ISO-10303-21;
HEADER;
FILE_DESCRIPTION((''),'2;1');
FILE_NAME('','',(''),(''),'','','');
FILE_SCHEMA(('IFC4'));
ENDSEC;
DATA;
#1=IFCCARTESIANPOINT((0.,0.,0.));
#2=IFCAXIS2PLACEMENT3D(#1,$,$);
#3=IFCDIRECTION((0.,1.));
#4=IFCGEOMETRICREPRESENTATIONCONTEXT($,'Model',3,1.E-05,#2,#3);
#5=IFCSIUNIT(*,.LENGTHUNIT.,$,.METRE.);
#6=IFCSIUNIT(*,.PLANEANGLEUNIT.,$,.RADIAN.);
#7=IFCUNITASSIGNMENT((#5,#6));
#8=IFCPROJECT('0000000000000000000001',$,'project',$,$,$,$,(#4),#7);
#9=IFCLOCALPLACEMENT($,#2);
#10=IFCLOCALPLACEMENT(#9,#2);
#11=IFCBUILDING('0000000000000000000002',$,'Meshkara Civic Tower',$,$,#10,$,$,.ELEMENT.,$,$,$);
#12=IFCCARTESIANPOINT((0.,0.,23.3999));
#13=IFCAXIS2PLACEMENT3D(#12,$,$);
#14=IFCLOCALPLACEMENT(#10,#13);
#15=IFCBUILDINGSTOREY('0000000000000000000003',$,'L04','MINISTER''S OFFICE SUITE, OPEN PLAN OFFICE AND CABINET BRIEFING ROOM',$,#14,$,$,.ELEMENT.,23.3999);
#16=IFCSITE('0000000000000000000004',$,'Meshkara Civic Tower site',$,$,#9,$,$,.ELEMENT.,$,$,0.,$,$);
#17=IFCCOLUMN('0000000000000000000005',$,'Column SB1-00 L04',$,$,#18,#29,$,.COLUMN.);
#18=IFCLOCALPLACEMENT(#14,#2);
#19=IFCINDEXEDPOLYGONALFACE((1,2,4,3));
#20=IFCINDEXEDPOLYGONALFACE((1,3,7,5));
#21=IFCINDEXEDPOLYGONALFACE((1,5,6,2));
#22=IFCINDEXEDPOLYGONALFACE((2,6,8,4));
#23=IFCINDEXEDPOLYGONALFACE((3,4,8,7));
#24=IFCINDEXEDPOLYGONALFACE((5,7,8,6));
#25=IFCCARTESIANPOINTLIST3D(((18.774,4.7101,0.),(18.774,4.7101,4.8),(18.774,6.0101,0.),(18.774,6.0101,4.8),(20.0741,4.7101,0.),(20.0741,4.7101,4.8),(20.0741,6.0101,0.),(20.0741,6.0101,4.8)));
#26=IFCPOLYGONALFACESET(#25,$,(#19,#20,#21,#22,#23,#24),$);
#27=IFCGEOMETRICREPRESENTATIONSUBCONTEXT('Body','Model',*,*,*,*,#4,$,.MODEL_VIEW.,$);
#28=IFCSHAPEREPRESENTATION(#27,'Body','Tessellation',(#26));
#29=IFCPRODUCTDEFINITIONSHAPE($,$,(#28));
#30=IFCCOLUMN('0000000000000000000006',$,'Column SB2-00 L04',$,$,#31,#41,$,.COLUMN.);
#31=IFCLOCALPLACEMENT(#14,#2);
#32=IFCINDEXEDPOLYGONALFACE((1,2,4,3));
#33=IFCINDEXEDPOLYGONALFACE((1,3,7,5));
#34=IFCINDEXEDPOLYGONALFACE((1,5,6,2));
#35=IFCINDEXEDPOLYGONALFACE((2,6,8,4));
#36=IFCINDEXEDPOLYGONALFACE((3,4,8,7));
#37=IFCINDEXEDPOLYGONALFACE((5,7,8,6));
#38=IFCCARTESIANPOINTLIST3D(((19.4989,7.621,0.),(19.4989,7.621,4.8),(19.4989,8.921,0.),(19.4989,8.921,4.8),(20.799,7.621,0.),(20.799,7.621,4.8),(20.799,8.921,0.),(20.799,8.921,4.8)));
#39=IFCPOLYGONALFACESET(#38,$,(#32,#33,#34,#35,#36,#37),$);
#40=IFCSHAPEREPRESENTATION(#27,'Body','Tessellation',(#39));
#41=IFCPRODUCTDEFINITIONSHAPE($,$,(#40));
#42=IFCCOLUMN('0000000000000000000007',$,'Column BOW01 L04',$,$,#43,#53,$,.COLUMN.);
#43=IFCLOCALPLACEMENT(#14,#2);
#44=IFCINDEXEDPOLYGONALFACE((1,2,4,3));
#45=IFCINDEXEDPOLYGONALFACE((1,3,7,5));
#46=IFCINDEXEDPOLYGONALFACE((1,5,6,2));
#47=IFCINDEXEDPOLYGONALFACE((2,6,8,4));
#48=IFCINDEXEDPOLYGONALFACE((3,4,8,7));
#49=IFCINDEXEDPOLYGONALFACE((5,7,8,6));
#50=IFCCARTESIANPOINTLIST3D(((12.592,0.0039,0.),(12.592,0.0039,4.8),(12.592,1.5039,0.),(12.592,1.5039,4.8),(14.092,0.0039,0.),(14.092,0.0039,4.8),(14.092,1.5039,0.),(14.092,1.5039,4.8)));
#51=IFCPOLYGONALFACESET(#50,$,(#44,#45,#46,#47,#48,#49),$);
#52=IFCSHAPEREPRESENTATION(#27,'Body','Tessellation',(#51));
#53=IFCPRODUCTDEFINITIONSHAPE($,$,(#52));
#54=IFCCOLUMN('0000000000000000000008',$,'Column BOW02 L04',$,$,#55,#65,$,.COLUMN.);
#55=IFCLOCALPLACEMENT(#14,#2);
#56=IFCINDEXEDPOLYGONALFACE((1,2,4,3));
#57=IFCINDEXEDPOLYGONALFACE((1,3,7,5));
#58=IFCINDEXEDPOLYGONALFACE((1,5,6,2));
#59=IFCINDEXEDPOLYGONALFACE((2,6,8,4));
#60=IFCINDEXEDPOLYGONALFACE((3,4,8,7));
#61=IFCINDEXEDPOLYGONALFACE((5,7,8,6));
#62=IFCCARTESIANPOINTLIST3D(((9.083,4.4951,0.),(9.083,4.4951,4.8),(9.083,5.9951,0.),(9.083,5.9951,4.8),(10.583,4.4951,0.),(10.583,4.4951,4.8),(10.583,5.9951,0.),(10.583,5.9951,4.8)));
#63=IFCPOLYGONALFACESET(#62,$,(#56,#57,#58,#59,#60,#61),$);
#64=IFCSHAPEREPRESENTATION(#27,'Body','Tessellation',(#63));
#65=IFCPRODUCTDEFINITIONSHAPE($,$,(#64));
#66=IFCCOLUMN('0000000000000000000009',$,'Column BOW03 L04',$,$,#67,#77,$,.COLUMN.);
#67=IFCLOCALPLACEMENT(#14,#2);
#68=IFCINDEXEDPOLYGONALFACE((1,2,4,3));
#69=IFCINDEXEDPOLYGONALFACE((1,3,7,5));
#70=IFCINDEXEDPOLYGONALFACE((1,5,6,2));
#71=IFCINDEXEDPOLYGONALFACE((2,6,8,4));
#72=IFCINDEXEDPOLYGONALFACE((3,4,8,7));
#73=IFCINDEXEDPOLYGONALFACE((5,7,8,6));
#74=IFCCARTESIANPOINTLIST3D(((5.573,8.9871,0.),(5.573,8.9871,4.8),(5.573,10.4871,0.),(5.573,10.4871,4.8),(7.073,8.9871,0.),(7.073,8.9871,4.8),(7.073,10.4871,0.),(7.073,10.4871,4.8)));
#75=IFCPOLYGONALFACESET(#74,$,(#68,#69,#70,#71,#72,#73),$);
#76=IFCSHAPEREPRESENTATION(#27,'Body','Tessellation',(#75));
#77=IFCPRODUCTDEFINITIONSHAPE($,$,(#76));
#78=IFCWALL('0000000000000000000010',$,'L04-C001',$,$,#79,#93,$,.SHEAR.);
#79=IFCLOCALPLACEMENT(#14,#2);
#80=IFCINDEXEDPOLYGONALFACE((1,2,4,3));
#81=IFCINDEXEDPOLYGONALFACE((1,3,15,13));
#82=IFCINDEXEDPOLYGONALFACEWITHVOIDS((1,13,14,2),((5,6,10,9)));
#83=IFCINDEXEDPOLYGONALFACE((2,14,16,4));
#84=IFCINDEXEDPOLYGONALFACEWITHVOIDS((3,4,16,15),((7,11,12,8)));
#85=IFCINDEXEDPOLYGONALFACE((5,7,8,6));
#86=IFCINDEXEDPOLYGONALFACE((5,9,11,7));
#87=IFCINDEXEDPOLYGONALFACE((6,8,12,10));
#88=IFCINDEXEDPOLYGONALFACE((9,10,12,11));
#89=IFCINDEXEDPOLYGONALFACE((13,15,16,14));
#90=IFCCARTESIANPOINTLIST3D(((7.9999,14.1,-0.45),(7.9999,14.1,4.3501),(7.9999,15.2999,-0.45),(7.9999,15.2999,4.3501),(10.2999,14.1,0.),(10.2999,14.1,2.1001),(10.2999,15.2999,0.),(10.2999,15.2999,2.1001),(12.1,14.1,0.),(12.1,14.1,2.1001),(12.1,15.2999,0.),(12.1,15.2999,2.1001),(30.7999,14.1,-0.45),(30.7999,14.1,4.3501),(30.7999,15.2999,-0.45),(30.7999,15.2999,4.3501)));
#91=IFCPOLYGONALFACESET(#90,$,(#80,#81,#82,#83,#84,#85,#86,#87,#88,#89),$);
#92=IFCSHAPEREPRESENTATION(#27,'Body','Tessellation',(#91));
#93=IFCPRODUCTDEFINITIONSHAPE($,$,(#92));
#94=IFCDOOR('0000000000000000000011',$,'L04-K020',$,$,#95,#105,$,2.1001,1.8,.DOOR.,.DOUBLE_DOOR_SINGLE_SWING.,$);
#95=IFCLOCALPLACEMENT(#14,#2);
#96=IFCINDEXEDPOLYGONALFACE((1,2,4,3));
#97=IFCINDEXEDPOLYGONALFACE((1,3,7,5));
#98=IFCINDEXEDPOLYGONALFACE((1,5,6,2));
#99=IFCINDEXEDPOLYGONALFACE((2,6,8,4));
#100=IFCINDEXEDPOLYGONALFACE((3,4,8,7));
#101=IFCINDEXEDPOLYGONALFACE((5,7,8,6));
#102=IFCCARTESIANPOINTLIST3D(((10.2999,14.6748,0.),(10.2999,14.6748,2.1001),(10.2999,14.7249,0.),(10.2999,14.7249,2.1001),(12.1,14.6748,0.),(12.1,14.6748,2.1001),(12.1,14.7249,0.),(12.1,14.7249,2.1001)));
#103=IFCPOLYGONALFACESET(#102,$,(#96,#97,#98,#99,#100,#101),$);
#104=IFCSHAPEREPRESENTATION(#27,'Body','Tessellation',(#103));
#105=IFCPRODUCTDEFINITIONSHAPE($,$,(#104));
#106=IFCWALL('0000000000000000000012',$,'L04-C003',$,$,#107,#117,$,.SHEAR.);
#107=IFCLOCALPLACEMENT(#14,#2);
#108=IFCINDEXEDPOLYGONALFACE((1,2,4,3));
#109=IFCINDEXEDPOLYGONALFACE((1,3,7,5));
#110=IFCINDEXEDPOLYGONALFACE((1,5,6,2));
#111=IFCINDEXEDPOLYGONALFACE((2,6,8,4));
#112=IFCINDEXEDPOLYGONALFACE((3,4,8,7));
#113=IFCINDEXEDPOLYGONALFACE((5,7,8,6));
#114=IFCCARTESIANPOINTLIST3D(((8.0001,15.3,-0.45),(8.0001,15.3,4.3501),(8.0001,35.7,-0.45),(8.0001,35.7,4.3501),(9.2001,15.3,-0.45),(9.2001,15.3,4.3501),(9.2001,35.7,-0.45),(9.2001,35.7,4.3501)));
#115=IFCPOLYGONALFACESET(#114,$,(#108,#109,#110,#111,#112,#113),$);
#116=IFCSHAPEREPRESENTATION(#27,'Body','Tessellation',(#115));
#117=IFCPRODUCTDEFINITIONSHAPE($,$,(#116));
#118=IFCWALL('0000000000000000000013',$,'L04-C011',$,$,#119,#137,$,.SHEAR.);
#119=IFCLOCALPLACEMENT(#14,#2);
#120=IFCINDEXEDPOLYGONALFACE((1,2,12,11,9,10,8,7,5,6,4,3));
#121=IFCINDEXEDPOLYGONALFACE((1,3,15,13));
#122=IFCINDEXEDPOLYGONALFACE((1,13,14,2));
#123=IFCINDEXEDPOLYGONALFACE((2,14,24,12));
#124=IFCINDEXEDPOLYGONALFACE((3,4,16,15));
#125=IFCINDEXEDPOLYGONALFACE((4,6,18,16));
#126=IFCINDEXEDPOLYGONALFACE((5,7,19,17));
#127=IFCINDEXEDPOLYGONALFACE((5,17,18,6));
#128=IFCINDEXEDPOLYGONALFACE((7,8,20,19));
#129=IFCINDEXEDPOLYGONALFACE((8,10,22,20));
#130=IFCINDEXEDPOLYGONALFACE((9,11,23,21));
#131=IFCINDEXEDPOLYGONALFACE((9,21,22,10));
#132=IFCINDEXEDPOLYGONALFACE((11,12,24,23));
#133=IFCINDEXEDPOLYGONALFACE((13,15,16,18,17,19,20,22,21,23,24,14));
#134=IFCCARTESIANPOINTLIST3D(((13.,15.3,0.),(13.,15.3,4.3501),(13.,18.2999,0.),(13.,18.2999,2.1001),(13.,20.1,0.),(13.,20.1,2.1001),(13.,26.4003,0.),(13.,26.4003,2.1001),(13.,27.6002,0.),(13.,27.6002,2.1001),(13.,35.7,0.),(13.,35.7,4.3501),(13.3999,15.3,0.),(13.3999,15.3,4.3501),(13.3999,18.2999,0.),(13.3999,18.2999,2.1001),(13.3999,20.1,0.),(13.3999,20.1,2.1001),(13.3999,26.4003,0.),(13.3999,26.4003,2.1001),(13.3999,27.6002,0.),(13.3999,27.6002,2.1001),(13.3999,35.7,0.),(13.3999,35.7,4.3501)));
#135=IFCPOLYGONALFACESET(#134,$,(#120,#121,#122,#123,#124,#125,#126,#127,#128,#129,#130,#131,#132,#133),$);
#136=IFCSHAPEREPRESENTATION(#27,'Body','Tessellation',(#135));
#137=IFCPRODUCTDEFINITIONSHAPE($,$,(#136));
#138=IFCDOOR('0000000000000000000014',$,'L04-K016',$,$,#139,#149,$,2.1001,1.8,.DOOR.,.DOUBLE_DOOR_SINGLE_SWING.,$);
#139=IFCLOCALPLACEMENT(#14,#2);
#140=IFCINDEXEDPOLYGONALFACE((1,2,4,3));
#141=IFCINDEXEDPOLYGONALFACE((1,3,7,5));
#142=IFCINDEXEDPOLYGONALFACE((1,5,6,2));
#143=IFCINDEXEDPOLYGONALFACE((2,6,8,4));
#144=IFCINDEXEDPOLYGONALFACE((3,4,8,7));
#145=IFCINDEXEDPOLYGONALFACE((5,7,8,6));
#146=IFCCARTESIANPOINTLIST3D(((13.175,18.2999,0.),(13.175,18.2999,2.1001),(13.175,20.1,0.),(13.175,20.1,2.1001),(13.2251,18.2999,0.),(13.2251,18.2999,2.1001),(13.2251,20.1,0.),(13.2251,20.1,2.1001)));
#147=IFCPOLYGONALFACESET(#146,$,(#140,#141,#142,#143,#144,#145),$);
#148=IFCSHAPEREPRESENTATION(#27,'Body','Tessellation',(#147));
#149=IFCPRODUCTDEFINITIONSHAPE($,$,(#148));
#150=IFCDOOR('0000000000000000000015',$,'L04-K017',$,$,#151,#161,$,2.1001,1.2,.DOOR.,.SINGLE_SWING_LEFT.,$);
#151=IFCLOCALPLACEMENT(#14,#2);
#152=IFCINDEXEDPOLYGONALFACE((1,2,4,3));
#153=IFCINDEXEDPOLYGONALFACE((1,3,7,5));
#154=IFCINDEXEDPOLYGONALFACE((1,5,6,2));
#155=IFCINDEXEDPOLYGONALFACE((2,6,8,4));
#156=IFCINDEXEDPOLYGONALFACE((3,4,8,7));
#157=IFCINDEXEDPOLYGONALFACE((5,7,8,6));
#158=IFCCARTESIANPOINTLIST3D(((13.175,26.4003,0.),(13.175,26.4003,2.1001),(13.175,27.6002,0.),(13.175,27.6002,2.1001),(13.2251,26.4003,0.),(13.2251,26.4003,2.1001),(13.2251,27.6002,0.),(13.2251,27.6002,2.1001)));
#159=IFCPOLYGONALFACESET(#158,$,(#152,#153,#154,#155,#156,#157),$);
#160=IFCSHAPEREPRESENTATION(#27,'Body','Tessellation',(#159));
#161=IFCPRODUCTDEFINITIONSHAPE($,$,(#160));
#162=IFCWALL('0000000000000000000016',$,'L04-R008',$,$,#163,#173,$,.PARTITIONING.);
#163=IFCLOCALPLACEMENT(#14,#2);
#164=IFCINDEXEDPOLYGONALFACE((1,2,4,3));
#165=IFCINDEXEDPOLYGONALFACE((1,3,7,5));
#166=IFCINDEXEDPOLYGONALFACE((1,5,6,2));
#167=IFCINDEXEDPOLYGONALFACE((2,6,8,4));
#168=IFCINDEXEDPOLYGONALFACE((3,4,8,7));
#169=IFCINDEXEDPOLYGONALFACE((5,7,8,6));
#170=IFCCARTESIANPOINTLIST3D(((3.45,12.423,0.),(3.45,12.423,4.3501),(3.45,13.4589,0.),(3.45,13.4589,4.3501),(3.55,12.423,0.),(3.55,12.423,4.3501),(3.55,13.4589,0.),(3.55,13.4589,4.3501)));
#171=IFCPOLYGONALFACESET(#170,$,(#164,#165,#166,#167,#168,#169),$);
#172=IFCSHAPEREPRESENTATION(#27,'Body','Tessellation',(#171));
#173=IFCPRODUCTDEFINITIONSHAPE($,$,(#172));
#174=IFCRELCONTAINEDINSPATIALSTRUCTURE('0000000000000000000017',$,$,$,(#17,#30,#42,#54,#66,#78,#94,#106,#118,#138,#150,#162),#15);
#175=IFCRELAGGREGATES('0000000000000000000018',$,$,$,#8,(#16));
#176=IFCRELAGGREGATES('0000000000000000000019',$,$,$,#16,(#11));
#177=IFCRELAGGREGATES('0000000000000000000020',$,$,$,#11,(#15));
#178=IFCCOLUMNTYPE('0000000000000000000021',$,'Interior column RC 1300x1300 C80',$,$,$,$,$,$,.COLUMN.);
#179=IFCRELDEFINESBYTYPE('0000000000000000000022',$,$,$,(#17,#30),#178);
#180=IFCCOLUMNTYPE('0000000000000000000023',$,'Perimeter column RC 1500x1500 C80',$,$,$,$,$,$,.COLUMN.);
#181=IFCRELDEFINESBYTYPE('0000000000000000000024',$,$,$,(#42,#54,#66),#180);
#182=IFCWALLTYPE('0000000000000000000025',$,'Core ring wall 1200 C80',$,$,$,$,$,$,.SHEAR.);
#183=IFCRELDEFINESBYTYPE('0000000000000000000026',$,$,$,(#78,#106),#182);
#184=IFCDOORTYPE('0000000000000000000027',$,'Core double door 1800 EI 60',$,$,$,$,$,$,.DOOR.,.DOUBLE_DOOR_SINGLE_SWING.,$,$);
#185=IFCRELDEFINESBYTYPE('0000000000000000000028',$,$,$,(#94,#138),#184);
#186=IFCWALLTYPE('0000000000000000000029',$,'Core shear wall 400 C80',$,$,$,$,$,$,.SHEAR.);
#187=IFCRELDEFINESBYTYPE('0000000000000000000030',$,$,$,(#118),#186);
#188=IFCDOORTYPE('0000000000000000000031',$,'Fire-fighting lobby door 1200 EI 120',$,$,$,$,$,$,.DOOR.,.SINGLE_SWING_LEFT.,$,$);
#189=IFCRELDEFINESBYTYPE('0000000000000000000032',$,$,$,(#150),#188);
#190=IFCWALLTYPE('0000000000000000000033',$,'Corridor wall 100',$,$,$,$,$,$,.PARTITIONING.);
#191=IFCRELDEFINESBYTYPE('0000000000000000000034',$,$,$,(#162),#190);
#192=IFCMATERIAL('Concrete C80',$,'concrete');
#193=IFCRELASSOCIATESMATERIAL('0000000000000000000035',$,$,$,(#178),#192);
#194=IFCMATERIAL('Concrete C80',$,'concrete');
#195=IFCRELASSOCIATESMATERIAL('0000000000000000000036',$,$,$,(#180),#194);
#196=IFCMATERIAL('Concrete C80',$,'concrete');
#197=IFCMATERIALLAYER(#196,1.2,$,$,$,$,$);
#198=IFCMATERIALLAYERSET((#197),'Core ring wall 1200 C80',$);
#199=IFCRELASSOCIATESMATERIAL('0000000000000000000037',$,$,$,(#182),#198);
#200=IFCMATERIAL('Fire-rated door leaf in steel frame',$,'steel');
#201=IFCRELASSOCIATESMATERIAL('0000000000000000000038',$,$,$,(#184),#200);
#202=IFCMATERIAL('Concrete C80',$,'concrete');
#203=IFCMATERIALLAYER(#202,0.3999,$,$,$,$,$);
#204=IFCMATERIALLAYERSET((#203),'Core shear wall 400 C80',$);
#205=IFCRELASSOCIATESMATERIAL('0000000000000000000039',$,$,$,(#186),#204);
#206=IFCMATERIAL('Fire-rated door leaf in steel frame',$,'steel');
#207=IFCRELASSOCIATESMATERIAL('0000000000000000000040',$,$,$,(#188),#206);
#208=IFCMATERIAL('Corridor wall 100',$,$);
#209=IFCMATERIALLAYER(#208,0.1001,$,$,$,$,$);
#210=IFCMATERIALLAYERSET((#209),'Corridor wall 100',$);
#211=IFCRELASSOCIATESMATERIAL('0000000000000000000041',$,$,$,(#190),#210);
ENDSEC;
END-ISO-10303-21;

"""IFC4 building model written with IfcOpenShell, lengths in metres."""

from ifc_helpers import new_model, si_unit, direction, frame, frame_2d, origin, origin_2d, place, context, subcontext, project, spatial, rectangle, extrude, material, layer, layer_set, material_profile, profile_set, type_object, element, fill, save


model = new_model("IFC4")

# Units and contexts
model_context = context("Model", 3, precision=1e-05, world=origin(), true_north=direction((0.0, 1.0)))
body_context = subcontext(model_context, "Body", "Model", "MODEL_VIEW")
ifc_project = project(units=[si_unit("LENGTHUNIT", "METRE"), si_unit("PLANEANGLEUNIT", "RADIAN")], contexts=[model_context])

# Site, building, storey
site_placement = place(None, origin())
site = spatial("IfcSite", under=ifc_project, at=site_placement, Name="Meshkara Civic Tower site", CompositionType="ELEMENT", RefElevation=0.0)
building_placement = place(site_placement, origin())
building = spatial("IfcBuilding", under=site, at=building_placement, Name="Meshkara Civic Tower", CompositionType="ELEMENT")
storey_placement = place(building_placement, frame((0.0, 0.0, 23.3999)))
storey = spatial("IfcBuildingStorey", under=building, at=storey_placement, Name="L04", Description="MINISTER'S OFFICE SUITE, OPEN PLAN OFFICE AND CABINET BRIEFING ROOM", CompositionType="ELEMENT", Elevation=23.3999)

# Columns
ifc_material_1 = material(Name="Concrete C80", Category="concrete")
ifc_material_profile_1 = material_profile(ifc_material_1, rectangle(XDim=1.3, YDim=1.3, at=origin_2d()))
ifc_profile_set_1 = profile_set([ifc_material_profile_1], Name="Concrete C80")
column_type_1 = type_object("IfcColumnType", Name="Interior column RC 1300x1300 C80", PredefinedType="COLUMN", material=ifc_profile_set_1)
for number, where, z_axis, x_axis, name in (
    (1, (19.4241, 5.3601, 0.0), (0.0, 0.0, 1.0), (1.0, 0.0, 0.0), "Column SB1-00 L04"),
    (2, (20.1489, 8.271, 0.0), (0.0, 0.0, 1.0), (1.0, 0.0, 0.0), "Column SB2-00 L04"),
):
    element("IfcColumn", number, at=place(storey_placement, frame(where, z_axis=z_axis, x_axis=x_axis)), inside=storey, type_object=column_type_1, Name=name, PredefinedType="COLUMN", context=body_context, shape_type="SweptSolid", body=[
        extrude(rectangle(XDim=1.3, YDim=1.3, at=origin_2d()), origin(), (0.0, 0.0, 1.0), 4.8),
    ])
ifc_material_2 = material(Name="Concrete C80", Category="concrete")
ifc_material_profile_2 = material_profile(ifc_material_2, rectangle(XDim=1.5, YDim=1.5, at=origin_2d()))
ifc_profile_set_2 = profile_set([ifc_material_profile_2], Name="Concrete C80")
column_type_2 = type_object("IfcColumnType", Name="Perimeter column RC 1500x1500 C80", PredefinedType="COLUMN", material=ifc_profile_set_2)
for number, where, z_axis, x_axis, name in (
    (3, (13.342, 0.7539, 0.0), (0.0, 0.0, 1.0), (1.0, 0.0, 0.0), "Column BOW01 L04"),
    (4, (9.833, 5.2451, 0.0), (0.0, 0.0, 1.0), (1.0, 0.0, 0.0), "Column BOW02 L04"),
    (5, (6.323, 9.7371, 0.0), (0.0, 0.0, 1.0), (1.0, 0.0, 0.0), "Column BOW03 L04"),
):
    element("IfcColumn", number, at=place(storey_placement, frame(where, z_axis=z_axis, x_axis=x_axis)), inside=storey, type_object=column_type_2, Name=name, PredefinedType="COLUMN", context=body_context, shape_type="SweptSolid", body=[
        extrude(rectangle(XDim=1.5, YDim=1.5, at=origin_2d()), origin(), (0.0, 0.0, 1.0), 4.8),
    ])

# Wall, opening, door
ifc_material_3 = material(Name="Concrete C80", Category="concrete")
ifc_layer_1 = layer(ifc_material_3, 1.2)
ifc_layer_set_1 = layer_set([ifc_layer_1], Name="Core ring wall 1200 C80")
wall_type_1 = type_object("IfcWallType", Name="Core ring wall 1200 C80", PredefinedType="SHEAR", material=ifc_layer_set_1)
wall_1_placement = place(storey_placement, frame((8.0, 14.7, -0.45), z_axis=(0.0, 0.0, 1.0), x_axis=(1.0, 0.0, 0.0)))
wall_1 = element("IfcWall", 6, at=wall_1_placement, inside=storey, type_object=wall_type_1, Name="L04-C001", PredefinedType="SHEAR", context=body_context, shape_type="SweptSolid", body=[
    extrude(rectangle(XDim=22.8, YDim=1.2, at=frame_2d((11.3999, 0.0))), origin(), (0.0, 0.0, 1.0), 4.8),
])
opening_1_placement = place(wall_1_placement, frame((2.3, 0.0, 0.45)))
opening_1 = element("IfcOpeningElement", 7, at=opening_1_placement, cuts=wall_1, PredefinedType="OPENING", context=body_context, shape_type="SweptSolid", body=[
    extrude(rectangle(XDim=1.8, YDim=2.1001, at=frame_2d((0.8999, 1.05))), frame((0.0, 0.6099, 0.0), z_axis=(0.0, -1.0, 0.0), x_axis=(1.0, 0.0, 0.0)), (0.0, 0.0, 1.0), 1.22),
])
ifc_material_4 = material(Name="Fire-rated door leaf in steel frame", Category="steel")
door_type_1 = type_object("IfcDoorType", Name="Core double door 1800 EI 60", OperationType="DOUBLE_DOOR_SINGLE_SWING", PredefinedType="DOOR", material=ifc_material_4)
door_1_placement = place(opening_1_placement, origin())
door_1 = element("IfcDoor", 8, at=door_1_placement, inside=storey, type_object=door_type_1, Name="L04-K020", OperationType="DOUBLE_DOOR_SINGLE_SWING", OverallHeight=2.1001, OverallWidth=1.8, PredefinedType="DOOR", context=body_context, shape_type="SweptSolid", body=[
    extrude(rectangle(XDim=1.8, YDim=2.1001, at=frame_2d((0.8999, 1.05))), frame((0.0, 0.0249, 0.0), z_axis=(0.0, -1.0, 0.0), x_axis=(1.0, 0.0, 0.0)), (0.0, 0.0, 1.0), 0.05),
])
fill(opening_1, door_1)

# Wall
wall_2_placement = place(storey_placement, frame((8.6001, 15.3, -0.45), z_axis=(0.0, 0.0, 1.0), x_axis=(0.0, 1.0, 0.0)))
element("IfcWall", 9, at=wall_2_placement, inside=storey, type_object=wall_type_1, Name="L04-C003", PredefinedType="SHEAR", context=body_context, shape_type="SweptSolid", body=[
    extrude(rectangle(XDim=20.3999, YDim=1.2, at=frame_2d((10.2, 0.0))), origin(), (0.0, 0.0, 1.0), 4.8),
])

# Wall, openings, doors
ifc_material_5 = material(Name="Concrete C80", Category="concrete")
ifc_layer_2 = layer(ifc_material_5, 0.3999)
ifc_layer_set_2 = layer_set([ifc_layer_2], Name="Core shear wall 400 C80")
wall_type_2 = type_object("IfcWallType", Name="Core shear wall 400 C80", PredefinedType="SHEAR", material=ifc_layer_set_2)
wall_3_placement = place(storey_placement, frame((13.2, 15.3, 0.0), z_axis=(0.0, 0.0, 1.0), x_axis=(0.0, 1.0, 0.0)))
wall_3 = element("IfcWall", 10, at=wall_3_placement, inside=storey, type_object=wall_type_2, Name="L04-C011", PredefinedType="SHEAR", context=body_context, shape_type="SweptSolid", body=[
    extrude(rectangle(XDim=20.3999, YDim=0.3999, at=frame_2d((10.2, 0.0))), origin(), (0.0, 0.0, 1.0), 4.3501),
])
opening_2_placement = place(wall_3_placement, frame((3.0, 0.0, 0.0)))
opening_2 = element("IfcOpeningElement", 11, at=opening_2_placement, cuts=wall_3, PredefinedType="OPENING", context=body_context, shape_type="SweptSolid", body=[
    extrude(rectangle(XDim=1.8, YDim=2.1001, at=frame_2d((0.8999, 1.05))), frame((0.0, 0.21, 0.0), z_axis=(0.0, -1.0, 0.0), x_axis=(1.0, 0.0, 0.0)), (0.0, 0.0, 1.0), 0.4199),
])
opening_3_placement = place(wall_3_placement, frame((11.1001, 0.0, 0.0)))
opening_3 = element("IfcOpeningElement", 12, at=opening_3_placement, cuts=wall_3, PredefinedType="OPENING", context=body_context, shape_type="SweptSolid", body=[
    extrude(rectangle(XDim=1.2, YDim=2.1001, at=frame_2d((0.6001, 1.05))), frame((0.0, 0.21, 0.0), z_axis=(0.0, -1.0, 0.0), x_axis=(1.0, 0.0, 0.0)), (0.0, 0.0, 1.0), 0.4199),
])
door_2_placement = place(opening_2_placement, origin())
door_2 = element("IfcDoor", 13, at=door_2_placement, inside=storey, type_object=door_type_1, Name="L04-K016", OperationType="DOUBLE_DOOR_SINGLE_SWING", OverallHeight=2.1001, OverallWidth=1.8, PredefinedType="DOOR", context=body_context, shape_type="SweptSolid", body=[
    extrude(rectangle(XDim=1.8, YDim=2.1001, at=frame_2d((0.8999, 1.05))), frame((0.0, 0.0249, 0.0), z_axis=(0.0, -1.0, 0.0), x_axis=(1.0, 0.0, 0.0)), (0.0, 0.0, 1.0), 0.05),
])
fill(opening_2, door_2)
ifc_material_6 = material(Name="Fire-rated door leaf in steel frame", Category="steel")
door_type_2 = type_object("IfcDoorType", Name="Fire-fighting lobby door 1200 EI 120", OperationType="SINGLE_SWING_LEFT", PredefinedType="DOOR", material=ifc_material_6)
door_3_placement = place(opening_3_placement, origin())
door_3 = element("IfcDoor", 14, at=door_3_placement, inside=storey, type_object=door_type_2, Name="L04-K017", OperationType="SINGLE_SWING_LEFT", OverallHeight=2.1001, OverallWidth=1.2, PredefinedType="DOOR", context=body_context, shape_type="SweptSolid", body=[
    extrude(rectangle(XDim=1.2, YDim=2.1001, at=frame_2d((0.6001, 1.05))), frame((0.0, 0.0249, 0.0), z_axis=(0.0, -1.0, 0.0), x_axis=(1.0, 0.0, 0.0)), (0.0, 0.0, 1.0), 0.05),
])
fill(opening_3, door_3)

# Wall
ifc_material_7 = material(Name="Corridor wall 100")
ifc_layer_3 = layer(ifc_material_7, 0.1001)
ifc_layer_set_3 = layer_set([ifc_layer_3], Name="Corridor wall 100")
wall_type_3 = type_object("IfcWallType", Name="Corridor wall 100", PredefinedType="PARTITIONING", material=ifc_layer_set_3)
wall_4_placement = place(storey_placement, frame((3.5, 13.459, 0.0), z_axis=(0.0, 0.0, 1.0), x_axis=(0.0, -1.0, 0.0)))
element("IfcWall", 15, at=wall_4_placement, inside=storey, type_object=wall_type_3, Name="L04-R008", PredefinedType="PARTITIONING", context=body_context, shape_type="SweptSolid", body=[
    extrude(rectangle(XDim=1.0359, YDim=0.1001, at=frame_2d((0.5181, 0.0))), origin(), (0.0, 0.0, 1.0), 4.3501),
])

save(model, "model.ifc")
